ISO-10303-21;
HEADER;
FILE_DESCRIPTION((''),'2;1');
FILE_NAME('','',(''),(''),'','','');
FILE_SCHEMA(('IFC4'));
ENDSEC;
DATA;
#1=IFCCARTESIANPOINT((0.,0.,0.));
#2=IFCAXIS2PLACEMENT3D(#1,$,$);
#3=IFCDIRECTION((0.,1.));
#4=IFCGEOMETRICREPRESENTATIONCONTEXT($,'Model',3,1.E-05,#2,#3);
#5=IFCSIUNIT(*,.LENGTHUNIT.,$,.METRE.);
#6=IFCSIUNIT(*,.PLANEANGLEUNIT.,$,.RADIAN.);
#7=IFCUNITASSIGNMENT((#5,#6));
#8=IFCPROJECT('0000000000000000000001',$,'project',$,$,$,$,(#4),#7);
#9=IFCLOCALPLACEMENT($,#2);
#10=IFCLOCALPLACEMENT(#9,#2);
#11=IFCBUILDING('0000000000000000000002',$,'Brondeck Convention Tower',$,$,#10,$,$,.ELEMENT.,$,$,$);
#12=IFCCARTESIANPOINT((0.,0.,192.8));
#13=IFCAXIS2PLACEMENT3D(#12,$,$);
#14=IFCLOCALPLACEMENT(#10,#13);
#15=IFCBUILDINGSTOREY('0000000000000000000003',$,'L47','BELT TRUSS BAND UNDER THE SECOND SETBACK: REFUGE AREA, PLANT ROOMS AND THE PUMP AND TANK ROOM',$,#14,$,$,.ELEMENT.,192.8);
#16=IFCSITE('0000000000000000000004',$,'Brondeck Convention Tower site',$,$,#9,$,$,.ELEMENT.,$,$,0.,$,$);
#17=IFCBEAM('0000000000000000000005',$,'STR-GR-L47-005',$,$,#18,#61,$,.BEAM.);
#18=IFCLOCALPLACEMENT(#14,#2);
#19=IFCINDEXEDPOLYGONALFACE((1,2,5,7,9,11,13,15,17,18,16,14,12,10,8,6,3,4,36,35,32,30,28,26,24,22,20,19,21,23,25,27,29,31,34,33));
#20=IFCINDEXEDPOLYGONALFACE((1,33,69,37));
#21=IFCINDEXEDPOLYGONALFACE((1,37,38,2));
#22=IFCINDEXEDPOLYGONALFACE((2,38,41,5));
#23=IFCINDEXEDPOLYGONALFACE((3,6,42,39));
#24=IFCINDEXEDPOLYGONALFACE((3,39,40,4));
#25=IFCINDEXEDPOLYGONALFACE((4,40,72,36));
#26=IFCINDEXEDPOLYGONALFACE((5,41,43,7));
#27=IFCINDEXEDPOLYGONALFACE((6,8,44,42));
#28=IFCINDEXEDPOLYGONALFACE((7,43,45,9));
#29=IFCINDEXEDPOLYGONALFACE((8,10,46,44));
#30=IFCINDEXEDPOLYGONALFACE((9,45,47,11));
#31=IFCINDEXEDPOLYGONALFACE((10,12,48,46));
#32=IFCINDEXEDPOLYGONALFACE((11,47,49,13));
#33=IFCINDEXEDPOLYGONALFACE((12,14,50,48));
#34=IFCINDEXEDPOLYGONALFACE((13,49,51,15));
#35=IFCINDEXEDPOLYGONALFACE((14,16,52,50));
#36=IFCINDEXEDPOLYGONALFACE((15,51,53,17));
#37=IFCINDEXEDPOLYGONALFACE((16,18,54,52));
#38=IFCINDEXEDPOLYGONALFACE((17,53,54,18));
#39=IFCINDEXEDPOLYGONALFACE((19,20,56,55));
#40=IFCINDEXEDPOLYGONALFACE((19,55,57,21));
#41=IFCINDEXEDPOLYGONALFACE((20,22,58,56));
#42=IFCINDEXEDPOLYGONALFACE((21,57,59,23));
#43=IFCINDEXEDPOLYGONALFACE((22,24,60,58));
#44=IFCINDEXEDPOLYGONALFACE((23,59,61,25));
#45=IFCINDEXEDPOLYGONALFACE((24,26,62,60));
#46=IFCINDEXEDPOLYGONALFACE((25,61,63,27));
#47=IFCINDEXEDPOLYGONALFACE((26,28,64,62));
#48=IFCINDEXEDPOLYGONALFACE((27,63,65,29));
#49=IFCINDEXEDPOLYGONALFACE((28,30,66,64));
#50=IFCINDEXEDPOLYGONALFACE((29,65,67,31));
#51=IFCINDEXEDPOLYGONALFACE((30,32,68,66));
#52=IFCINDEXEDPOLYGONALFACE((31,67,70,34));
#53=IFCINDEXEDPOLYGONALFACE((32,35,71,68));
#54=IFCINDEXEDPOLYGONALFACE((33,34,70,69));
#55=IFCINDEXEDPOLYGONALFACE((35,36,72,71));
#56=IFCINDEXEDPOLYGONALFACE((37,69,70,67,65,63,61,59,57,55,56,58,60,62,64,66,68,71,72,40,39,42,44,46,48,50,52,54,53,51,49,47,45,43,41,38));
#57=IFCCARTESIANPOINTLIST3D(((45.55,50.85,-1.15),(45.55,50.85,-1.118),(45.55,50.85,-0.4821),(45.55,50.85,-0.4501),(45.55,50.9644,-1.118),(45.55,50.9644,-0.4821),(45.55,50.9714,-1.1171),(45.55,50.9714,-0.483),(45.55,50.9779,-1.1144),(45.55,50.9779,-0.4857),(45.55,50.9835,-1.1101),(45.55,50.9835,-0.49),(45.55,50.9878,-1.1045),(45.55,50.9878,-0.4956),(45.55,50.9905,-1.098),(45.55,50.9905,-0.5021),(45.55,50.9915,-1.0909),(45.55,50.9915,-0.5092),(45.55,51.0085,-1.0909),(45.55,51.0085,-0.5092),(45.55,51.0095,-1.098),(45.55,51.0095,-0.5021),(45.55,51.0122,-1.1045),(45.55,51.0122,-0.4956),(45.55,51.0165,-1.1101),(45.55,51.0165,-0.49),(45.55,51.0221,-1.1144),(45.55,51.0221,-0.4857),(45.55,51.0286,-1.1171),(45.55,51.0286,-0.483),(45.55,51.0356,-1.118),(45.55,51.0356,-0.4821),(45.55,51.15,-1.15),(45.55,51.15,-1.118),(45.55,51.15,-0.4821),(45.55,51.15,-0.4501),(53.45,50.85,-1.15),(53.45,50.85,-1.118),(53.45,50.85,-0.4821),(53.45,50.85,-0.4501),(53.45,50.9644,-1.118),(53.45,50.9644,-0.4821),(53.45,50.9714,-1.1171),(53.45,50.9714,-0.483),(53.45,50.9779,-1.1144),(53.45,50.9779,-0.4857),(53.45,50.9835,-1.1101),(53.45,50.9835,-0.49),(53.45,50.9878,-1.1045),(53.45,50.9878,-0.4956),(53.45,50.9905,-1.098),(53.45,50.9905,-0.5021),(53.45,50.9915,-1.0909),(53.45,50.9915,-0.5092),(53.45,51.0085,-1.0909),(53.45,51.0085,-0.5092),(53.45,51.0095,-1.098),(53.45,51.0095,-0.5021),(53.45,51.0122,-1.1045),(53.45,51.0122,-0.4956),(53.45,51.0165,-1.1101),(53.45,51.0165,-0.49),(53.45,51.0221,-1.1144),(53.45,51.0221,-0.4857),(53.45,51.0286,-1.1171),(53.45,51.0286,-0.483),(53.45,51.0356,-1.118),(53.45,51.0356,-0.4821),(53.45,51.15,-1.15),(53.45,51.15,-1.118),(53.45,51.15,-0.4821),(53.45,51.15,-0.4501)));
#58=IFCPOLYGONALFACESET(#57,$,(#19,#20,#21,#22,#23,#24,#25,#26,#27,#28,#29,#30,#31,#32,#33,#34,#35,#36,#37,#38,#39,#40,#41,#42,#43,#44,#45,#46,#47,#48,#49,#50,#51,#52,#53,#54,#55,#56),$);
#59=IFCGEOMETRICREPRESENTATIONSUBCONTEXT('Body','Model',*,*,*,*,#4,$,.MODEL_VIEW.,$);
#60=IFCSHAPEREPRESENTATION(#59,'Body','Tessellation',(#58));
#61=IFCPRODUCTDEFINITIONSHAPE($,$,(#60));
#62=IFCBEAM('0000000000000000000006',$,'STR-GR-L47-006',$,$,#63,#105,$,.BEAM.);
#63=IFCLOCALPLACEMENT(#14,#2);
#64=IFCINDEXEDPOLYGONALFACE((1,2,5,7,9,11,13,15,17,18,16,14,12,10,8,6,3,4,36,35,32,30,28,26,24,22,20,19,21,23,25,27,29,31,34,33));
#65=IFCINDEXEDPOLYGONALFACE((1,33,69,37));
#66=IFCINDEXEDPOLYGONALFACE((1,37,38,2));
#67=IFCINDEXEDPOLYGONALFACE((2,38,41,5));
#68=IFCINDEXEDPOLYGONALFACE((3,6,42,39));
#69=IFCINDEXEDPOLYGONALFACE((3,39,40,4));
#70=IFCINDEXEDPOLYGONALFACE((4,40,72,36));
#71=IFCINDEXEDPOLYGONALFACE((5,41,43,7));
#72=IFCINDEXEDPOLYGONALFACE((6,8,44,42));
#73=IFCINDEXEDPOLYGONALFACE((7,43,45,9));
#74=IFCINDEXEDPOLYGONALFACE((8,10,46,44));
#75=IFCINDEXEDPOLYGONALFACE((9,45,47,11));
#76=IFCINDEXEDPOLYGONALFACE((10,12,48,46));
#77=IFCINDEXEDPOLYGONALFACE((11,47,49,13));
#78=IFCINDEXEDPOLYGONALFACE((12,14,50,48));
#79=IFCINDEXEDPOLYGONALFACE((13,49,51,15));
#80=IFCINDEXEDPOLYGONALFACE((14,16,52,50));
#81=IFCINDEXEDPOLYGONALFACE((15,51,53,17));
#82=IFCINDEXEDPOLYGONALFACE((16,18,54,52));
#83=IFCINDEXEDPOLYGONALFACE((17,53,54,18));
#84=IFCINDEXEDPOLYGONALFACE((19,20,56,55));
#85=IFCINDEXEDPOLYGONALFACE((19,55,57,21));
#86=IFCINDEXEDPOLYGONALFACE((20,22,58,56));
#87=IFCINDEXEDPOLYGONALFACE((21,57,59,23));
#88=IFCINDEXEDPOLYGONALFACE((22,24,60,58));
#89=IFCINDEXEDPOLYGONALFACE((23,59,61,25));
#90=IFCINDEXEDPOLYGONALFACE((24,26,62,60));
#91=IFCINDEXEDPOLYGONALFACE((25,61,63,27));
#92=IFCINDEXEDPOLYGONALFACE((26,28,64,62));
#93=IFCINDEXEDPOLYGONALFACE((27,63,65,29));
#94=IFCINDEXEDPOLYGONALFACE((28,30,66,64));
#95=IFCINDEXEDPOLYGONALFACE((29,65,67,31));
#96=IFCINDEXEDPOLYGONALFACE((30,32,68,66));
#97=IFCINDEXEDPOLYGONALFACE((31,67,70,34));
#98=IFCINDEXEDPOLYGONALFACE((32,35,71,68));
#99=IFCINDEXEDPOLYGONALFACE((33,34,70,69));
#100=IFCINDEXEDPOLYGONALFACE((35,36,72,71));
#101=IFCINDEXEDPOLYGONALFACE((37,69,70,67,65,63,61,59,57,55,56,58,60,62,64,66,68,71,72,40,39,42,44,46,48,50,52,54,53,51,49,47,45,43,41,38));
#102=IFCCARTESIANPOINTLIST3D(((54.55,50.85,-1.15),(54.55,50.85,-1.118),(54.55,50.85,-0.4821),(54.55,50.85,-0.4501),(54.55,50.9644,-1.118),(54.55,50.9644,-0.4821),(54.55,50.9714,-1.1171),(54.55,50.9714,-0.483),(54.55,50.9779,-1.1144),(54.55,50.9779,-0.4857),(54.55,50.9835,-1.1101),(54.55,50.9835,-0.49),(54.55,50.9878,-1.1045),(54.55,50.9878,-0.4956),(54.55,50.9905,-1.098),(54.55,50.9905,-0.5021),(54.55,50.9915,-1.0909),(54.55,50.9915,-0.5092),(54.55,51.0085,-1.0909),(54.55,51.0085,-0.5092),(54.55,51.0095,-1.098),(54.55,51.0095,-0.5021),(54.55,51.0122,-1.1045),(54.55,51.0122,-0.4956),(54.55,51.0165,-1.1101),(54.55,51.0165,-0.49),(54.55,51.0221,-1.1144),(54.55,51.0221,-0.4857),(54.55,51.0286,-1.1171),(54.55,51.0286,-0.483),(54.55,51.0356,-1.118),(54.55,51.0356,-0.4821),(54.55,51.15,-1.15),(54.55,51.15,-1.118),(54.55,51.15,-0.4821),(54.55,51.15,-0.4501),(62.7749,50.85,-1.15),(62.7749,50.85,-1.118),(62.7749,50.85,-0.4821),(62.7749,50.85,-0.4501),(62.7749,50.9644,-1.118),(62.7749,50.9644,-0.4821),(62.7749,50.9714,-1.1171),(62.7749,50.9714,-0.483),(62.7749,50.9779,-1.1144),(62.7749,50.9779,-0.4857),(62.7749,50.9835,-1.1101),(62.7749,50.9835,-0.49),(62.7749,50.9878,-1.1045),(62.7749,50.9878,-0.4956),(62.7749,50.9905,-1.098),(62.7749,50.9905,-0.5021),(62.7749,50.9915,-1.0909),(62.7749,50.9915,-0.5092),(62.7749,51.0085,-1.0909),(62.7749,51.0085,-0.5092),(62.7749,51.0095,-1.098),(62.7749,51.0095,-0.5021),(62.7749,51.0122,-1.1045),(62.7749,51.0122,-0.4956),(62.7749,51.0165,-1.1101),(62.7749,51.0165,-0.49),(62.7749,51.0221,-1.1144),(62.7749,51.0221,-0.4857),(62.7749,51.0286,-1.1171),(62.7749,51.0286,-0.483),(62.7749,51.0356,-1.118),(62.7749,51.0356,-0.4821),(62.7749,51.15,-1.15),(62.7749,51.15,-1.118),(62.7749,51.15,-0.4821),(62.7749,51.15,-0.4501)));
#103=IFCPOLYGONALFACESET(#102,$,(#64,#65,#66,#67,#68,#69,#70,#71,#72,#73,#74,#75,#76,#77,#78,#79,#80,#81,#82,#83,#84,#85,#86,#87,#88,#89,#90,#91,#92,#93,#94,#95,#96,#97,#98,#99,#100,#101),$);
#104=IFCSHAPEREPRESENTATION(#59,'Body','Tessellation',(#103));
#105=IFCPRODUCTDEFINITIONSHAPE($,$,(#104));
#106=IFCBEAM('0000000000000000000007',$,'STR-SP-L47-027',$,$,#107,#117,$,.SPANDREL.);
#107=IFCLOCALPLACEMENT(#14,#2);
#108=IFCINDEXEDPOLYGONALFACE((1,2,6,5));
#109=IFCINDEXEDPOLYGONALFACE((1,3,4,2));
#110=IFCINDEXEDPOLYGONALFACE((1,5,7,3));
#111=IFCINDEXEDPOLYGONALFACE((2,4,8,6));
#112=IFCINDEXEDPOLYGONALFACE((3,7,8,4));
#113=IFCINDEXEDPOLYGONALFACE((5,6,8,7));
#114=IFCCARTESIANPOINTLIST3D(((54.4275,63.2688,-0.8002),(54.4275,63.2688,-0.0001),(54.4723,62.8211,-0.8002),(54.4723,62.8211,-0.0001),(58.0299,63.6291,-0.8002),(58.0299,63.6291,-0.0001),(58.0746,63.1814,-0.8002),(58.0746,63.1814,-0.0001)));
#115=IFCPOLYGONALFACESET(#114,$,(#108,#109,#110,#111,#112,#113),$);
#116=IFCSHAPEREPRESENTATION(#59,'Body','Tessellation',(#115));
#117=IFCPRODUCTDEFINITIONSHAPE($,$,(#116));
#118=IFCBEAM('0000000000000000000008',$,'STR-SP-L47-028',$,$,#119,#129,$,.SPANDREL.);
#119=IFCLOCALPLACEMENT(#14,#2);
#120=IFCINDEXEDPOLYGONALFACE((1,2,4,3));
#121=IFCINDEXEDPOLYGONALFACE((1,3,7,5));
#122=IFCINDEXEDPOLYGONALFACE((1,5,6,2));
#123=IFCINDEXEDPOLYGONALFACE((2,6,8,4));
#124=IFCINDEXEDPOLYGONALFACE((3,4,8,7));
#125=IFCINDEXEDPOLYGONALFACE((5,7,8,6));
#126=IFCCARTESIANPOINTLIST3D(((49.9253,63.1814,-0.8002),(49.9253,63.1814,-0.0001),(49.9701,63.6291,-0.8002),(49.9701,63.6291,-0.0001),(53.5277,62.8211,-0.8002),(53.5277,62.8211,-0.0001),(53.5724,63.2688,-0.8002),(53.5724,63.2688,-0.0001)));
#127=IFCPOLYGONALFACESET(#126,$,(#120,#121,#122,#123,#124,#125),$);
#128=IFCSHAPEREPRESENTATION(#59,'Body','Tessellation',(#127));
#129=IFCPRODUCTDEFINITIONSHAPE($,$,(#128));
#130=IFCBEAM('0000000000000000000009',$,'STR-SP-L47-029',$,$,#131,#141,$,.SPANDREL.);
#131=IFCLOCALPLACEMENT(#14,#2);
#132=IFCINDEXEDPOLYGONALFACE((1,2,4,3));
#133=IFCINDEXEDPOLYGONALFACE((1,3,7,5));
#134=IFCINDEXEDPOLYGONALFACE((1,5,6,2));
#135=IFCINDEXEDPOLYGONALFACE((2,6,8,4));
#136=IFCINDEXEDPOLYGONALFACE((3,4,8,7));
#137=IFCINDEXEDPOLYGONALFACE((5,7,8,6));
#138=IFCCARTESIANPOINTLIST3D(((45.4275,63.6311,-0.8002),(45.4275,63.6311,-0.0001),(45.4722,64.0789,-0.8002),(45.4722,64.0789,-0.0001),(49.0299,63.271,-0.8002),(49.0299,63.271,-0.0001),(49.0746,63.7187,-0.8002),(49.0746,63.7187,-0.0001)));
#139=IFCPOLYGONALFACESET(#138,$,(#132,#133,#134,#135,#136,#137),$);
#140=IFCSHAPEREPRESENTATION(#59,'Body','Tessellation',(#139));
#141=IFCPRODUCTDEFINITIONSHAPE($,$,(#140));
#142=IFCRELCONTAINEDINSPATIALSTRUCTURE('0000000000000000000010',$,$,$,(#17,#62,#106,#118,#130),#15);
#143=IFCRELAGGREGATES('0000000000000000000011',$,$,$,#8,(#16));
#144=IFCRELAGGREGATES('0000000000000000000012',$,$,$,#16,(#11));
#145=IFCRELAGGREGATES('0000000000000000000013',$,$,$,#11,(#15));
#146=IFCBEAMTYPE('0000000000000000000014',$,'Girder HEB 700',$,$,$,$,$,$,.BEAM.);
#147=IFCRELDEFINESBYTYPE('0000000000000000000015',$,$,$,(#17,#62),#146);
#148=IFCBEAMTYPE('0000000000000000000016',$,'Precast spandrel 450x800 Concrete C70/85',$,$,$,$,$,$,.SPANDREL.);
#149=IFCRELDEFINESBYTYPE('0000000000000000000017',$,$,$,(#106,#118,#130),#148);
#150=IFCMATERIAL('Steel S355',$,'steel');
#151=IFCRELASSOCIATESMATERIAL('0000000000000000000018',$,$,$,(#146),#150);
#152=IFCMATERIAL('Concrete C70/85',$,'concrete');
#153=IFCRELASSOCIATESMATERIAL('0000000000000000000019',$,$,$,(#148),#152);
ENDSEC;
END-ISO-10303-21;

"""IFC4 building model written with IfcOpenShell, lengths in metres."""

from ifc_helpers import new_model, si_unit, direction, frame, origin, origin_2d, place, context, subcontext, project, spatial, rectangle, i_section, extrude, material, material_profile, profile_set, type_object, element, save


model = new_model("IFC4")

# Units and contexts
model_context = context("Model", 3, precision=1e-05, world=origin(), true_north=direction((0.0, 1.0)))
body_context = subcontext(model_context, "Body", "Model", "MODEL_VIEW")
ifc_project = project(units=[si_unit("LENGTHUNIT", "METRE"), si_unit("PLANEANGLEUNIT", "RADIAN")], contexts=[model_context])

# Site, building, storey
site_placement = place(None, origin())
site = spatial("IfcSite", under=ifc_project, at=site_placement, Name="Brondeck Convention Tower site", CompositionType="ELEMENT", RefElevation=0.0)
building_placement = place(site_placement, origin())
building = spatial("IfcBuilding", under=site, at=building_placement, Name="Brondeck Convention Tower", CompositionType="ELEMENT")
storey_placement = place(building_placement, frame((0.0, 0.0, 192.8)))
storey = spatial("IfcBuildingStorey", under=building, at=storey_placement, Name="L47", Description="BELT TRUSS BAND UNDER THE SECOND SETBACK: REFUGE AREA, PLANT ROOMS AND THE PUMP AND TANK ROOM", CompositionType="ELEMENT", Elevation=192.8)

# Shared definitions
ifc_material_1 = material(Name="Concrete C70/85", Category="concrete")

# Beams
ifc_material_2 = material(Name="Steel S355", Category="steel")
ifc_material_profile_1 = material_profile(ifc_material_2, i_section(OverallWidth=0.3, OverallDepth=0.7, WebThickness=0.0171, FlangeThickness=0.032, FilletRadius=0.0271, at=origin_2d()), Name="HEB 700")
ifc_profile_set_1 = profile_set([ifc_material_profile_1], Name="Steel S355")
beam_type_1 = type_object("IfcBeamType", Name="Girder HEB 700", PredefinedType="BEAM", material=ifc_profile_set_1)
beam_1_placement = place(storey_placement, frame((45.55, 51.0, -0.8), z_axis=(1.0, 0.0, 0.0), x_axis=(0.0, 1.0, 0.0)))
element("IfcBeam", 1, at=beam_1_placement, inside=storey, type_object=beam_type_1, Name="STR-GR-L47-005", PredefinedType="BEAM", context=body_context, shape_type="SweptSolid", body=[
    extrude(i_section(OverallWidth=0.3, OverallDepth=0.7, WebThickness=0.0171, FlangeThickness=0.032, FilletRadius=0.0271, at=origin_2d()), origin(), (0.0, 0.0, 1.0), 7.8999),
])
beam_2_placement = place(storey_placement, frame((54.55, 51.0, -0.8), z_axis=(1.0, 0.0, 0.0), x_axis=(0.0, 1.0, 0.0)))
element("IfcBeam", 2, at=beam_2_placement, inside=storey, type_object=beam_type_1, Name="STR-GR-L47-006", PredefinedType="BEAM", context=body_context, shape_type="SweptSolid", body=[
    extrude(i_section(OverallWidth=0.3, OverallDepth=0.7, WebThickness=0.0171, FlangeThickness=0.032, FilletRadius=0.0271, at=origin_2d()), origin(), (0.0, 0.0, 1.0), 8.2249),
])
ifc_material_profile_2 = material_profile(ifc_material_1, rectangle(XDim=0.45, YDim=0.8, at=origin_2d()), Name="Precast spandrel 450x800 Concrete C70/85")
ifc_profile_set_2 = profile_set([ifc_material_profile_2], Name="Concrete C70/85")
beam_type_2 = type_object("IfcBeamType", Name="Precast spandrel 450x800 Concrete C70/85", PredefinedType="SPANDREL", material=ifc_profile_set_2)
for number, where, z_axis, x_axis, name in (
    (3, (58.0522, 63.4053, -0.4001), (-0.995034, -0.099537, 0.0), (0.099537, -0.995034, 0.0), "STR-SP-L47-027"),
    (4, (53.55, 63.0449, -0.4001), (-0.995034, 0.099537, 0.0), (-0.099537, -0.995034, 0.0), "STR-SP-L47-028"),
    (5, (49.0522, 63.4949, -0.4001), (-0.995041, 0.09947, 0.0), (-0.09947, -0.995041, 0.0), "STR-SP-L47-029"),
):
    element("IfcBeam", number, at=place(storey_placement, frame(where, z_axis=z_axis, x_axis=x_axis)), inside=storey, type_object=beam_type_2, Name=name, PredefinedType="SPANDREL", context=body_context, shape_type="SweptSolid", body=[
        extrude(rectangle(XDim=0.45, YDim=0.8, at=origin_2d()), origin(), (0.0, 0.0, 1.0), 3.6204),
    ])

save(model, "model.ifc")
